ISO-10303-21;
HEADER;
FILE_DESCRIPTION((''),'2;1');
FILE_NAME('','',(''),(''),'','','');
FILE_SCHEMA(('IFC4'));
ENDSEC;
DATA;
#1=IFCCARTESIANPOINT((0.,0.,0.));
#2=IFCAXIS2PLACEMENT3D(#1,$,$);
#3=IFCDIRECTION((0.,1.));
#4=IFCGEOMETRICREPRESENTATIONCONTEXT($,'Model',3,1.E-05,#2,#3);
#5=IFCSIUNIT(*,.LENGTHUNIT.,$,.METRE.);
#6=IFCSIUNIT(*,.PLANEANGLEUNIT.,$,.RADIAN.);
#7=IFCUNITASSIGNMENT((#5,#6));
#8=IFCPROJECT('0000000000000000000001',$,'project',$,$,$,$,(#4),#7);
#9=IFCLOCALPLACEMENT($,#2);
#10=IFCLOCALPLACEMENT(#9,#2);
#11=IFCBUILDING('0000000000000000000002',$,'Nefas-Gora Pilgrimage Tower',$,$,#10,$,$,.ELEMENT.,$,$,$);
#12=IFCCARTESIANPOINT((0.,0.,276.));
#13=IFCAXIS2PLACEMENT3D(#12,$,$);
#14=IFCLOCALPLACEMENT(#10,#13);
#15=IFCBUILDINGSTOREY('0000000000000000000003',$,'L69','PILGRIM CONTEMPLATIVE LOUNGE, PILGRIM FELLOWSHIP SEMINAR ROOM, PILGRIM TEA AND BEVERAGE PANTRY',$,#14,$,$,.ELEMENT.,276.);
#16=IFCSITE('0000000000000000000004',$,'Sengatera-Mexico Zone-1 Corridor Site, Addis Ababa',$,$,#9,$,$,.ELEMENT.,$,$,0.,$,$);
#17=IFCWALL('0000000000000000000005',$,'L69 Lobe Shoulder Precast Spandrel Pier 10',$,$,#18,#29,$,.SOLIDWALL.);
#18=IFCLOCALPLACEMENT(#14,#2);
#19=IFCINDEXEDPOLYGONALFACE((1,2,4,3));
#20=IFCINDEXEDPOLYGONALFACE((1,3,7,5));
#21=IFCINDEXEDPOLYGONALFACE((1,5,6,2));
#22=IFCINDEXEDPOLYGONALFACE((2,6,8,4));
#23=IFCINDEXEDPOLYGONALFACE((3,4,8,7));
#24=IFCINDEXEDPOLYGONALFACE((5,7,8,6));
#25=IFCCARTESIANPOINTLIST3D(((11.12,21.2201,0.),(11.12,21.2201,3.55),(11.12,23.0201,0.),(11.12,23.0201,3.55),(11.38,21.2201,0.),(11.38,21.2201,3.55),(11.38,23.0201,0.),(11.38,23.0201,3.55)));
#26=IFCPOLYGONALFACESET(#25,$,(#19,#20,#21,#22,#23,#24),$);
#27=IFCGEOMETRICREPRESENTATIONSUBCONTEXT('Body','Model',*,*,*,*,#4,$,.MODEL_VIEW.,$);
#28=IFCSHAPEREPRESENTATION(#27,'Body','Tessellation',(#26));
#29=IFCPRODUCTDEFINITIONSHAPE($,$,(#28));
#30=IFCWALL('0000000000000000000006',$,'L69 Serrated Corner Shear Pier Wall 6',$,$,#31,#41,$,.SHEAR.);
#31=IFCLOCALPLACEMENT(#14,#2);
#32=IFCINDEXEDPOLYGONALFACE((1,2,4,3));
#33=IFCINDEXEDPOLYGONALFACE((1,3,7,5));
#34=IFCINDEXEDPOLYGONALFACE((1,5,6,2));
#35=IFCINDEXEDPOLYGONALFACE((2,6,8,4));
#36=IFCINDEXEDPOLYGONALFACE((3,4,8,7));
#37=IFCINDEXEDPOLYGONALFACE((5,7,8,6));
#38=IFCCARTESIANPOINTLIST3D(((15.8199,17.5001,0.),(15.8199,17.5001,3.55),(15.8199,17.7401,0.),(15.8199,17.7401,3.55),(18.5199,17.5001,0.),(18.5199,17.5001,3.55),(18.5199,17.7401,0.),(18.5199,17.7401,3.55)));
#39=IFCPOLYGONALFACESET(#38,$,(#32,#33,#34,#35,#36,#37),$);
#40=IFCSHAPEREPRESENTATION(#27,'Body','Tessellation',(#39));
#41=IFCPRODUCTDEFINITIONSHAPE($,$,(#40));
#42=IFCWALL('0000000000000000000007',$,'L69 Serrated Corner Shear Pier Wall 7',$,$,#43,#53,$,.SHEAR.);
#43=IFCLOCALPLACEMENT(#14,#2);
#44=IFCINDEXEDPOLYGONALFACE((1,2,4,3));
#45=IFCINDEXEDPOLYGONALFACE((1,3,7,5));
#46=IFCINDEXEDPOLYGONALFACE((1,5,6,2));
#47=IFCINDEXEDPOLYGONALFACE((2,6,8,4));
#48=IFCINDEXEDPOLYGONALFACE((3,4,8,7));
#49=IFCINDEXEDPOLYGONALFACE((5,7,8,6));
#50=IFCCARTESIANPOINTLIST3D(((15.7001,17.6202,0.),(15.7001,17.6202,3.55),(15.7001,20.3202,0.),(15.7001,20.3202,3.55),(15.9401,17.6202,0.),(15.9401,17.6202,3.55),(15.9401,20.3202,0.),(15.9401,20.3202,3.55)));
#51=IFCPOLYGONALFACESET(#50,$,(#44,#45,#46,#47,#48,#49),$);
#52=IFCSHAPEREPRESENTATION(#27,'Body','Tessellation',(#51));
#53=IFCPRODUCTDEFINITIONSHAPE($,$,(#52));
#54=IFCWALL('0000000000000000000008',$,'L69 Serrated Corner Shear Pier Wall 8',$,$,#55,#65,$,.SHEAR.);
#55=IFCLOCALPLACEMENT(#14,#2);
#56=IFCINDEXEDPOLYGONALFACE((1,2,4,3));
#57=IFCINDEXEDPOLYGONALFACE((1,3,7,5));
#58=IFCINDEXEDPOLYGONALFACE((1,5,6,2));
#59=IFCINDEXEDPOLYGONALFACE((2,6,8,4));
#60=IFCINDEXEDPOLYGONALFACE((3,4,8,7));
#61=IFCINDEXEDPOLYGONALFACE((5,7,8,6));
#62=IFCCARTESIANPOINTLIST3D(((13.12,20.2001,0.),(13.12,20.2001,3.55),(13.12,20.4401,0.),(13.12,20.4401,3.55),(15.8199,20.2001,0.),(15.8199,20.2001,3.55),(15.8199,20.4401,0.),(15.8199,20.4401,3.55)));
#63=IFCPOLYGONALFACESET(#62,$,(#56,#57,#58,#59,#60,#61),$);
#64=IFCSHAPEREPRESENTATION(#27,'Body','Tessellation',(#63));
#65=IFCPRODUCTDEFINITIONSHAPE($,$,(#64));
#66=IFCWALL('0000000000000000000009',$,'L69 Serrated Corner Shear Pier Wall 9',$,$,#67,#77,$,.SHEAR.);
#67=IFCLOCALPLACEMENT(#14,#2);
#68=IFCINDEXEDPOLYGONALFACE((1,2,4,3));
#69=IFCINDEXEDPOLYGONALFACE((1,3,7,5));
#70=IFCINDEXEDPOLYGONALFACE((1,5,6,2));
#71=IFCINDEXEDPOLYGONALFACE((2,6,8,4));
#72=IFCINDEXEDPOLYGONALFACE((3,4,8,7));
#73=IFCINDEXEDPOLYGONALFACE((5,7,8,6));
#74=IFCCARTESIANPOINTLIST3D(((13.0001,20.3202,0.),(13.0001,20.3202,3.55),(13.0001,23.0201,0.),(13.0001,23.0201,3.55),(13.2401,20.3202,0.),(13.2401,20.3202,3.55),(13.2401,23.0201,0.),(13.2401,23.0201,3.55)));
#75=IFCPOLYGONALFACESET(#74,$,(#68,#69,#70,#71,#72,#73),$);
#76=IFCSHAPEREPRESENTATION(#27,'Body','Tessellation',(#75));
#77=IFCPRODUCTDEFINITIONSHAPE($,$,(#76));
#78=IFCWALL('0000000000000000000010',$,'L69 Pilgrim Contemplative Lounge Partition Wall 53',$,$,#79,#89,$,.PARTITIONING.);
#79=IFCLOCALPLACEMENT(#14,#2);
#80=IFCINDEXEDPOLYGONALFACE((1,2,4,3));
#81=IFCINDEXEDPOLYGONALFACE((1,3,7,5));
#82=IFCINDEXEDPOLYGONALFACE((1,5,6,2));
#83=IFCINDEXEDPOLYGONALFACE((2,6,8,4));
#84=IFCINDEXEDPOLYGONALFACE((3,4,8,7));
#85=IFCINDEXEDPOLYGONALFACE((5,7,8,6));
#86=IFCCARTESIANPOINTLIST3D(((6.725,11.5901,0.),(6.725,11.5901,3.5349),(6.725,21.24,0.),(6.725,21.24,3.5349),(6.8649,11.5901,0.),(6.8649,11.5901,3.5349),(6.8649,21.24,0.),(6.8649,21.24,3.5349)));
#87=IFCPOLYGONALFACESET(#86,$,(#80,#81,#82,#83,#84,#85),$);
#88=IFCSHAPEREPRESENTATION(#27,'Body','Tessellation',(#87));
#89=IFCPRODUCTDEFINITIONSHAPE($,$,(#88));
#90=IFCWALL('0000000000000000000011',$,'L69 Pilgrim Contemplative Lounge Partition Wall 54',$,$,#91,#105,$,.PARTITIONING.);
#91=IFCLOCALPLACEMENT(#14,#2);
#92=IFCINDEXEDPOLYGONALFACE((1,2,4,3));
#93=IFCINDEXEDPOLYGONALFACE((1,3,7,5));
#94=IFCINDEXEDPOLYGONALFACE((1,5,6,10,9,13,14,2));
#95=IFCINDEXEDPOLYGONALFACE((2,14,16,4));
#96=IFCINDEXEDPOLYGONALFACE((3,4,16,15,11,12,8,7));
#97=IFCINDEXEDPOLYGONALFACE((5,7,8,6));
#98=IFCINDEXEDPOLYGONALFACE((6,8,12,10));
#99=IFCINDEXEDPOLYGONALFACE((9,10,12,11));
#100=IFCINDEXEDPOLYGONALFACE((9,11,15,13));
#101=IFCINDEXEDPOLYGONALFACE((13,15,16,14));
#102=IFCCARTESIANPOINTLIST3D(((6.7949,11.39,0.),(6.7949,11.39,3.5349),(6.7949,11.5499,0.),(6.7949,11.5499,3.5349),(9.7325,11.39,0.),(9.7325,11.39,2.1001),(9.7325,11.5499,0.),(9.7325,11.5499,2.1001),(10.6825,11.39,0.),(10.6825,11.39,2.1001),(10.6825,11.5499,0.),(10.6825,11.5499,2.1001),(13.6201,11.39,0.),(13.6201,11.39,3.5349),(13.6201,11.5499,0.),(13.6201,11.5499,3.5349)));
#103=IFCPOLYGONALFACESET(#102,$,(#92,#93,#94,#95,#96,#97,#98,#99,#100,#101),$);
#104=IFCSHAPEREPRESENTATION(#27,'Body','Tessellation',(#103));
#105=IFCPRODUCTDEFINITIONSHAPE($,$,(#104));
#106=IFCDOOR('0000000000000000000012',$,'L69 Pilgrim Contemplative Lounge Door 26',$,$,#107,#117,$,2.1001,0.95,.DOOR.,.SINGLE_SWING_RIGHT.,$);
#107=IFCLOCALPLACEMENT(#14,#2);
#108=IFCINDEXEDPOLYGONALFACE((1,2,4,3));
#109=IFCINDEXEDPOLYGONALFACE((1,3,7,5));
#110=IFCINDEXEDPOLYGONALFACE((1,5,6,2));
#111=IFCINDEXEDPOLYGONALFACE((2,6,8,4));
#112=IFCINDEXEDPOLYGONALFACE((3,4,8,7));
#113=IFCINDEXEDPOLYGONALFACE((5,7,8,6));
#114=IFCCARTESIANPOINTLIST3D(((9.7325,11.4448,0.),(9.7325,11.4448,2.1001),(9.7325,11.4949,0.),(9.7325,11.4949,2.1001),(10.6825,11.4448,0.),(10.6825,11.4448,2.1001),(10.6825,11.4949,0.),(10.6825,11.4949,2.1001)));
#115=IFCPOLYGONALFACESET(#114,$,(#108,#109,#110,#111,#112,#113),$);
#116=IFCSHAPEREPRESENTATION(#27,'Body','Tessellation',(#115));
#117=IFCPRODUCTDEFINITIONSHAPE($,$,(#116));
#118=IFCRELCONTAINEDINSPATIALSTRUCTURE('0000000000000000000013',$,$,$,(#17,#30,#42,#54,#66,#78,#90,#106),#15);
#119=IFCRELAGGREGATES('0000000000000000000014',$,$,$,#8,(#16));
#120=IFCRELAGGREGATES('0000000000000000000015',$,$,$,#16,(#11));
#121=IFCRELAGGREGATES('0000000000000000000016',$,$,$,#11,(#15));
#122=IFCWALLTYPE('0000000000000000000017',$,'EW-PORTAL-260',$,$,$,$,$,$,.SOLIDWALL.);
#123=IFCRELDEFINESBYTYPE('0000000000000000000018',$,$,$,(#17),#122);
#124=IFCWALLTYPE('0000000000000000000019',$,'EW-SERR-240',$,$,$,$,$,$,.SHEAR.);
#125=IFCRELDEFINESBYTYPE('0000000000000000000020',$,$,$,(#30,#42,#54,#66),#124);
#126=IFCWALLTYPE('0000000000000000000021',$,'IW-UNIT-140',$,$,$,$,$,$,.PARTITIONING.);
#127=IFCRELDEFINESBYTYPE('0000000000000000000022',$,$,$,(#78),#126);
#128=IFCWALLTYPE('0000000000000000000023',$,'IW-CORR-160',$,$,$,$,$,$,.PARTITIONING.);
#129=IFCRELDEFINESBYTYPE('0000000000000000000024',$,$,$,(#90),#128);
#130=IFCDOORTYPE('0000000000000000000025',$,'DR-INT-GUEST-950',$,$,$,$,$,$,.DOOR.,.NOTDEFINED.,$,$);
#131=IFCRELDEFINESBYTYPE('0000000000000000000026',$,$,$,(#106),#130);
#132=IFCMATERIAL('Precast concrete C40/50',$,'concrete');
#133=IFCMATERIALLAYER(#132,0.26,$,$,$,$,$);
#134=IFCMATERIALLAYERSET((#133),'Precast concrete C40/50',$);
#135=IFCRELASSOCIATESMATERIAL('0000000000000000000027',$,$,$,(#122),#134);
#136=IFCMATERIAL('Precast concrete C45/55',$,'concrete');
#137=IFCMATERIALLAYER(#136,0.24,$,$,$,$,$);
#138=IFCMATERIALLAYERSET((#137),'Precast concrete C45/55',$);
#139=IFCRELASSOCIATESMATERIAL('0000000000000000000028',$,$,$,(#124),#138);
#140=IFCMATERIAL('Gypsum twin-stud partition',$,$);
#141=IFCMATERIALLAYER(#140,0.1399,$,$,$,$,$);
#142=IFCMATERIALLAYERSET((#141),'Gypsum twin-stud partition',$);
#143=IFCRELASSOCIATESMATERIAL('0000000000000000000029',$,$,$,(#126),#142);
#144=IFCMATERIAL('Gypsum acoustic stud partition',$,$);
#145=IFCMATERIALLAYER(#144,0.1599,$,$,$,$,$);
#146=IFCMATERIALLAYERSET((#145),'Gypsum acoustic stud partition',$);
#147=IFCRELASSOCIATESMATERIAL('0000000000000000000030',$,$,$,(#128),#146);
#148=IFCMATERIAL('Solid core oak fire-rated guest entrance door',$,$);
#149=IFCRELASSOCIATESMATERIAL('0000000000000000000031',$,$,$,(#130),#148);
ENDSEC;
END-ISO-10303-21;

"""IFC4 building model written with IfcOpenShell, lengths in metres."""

from ifc_helpers import new_model, si_unit, direction, frame, frame_2d, origin, place, context, subcontext, project, spatial, rectangle, extrude, source, transform, mapped, material, layer, layer_set, type_object, element, fill, save


model = new_model("IFC4")

# Units and contexts
model_context = context("Model", 3, precision=1e-05, world=origin(), true_north=direction((0.0, 1.0)))
body_context = subcontext(model_context, "Body", "Model", "MODEL_VIEW")
ifc_project = project(units=[si_unit("LENGTHUNIT", "METRE"), si_unit("PLANEANGLEUNIT", "RADIAN")], contexts=[model_context])

# Site, building, storey
site_placement = place(None, origin())
site = spatial("IfcSite", under=ifc_project, at=site_placement, Name="Sengatera-Mexico Zone-1 Corridor Site, Addis Ababa", CompositionType="ELEMENT", RefElevation=0.0)
building_placement = place(site_placement, origin())
building = spatial("IfcBuilding", under=site, at=building_placement, Name="Nefas-Gora Pilgrimage Tower", CompositionType="ELEMENT")
storey_placement = place(building_placement, frame((0.0, 0.0, 276.0)))
storey = spatial("IfcBuildingStorey", under=building, at=storey_placement, Name="L69", Description="PILGRIM CONTEMPLATIVE LOUNGE, PILGRIM FELLOWSHIP SEMINAR ROOM, PILGRIM TEA AND BEVERAGE PANTRY", CompositionType="ELEMENT", Elevation=276.0)

# Walls
ifc_material_1 = material(Name="Precast concrete C40/50", Category="concrete")
ifc_layer_1 = layer(ifc_material_1, 0.26)
ifc_layer_set_1 = layer_set([ifc_layer_1], Name="Precast concrete C40/50")
wall_type_1 = type_object("IfcWallType", Name="EW-PORTAL-260", PredefinedType="SOLIDWALL", material=ifc_layer_set_1)
shared_shape_1 = source(origin(), body_context, "Body", "SweptSolid", [
    extrude(rectangle(XDim=1.8, YDim=0.26, at=frame_2d((0.8999, 0.0))), origin(), (0.0, 0.0, 1.0), 3.55),
])
wall_1_placement = place(storey_placement, frame((11.25, 23.02, 0.0), z_axis=(0.0, 0.0, 1.0), x_axis=(0.0, -1.0, 0.0)))
element("IfcWall", 1, at=wall_1_placement, inside=storey, type_object=wall_type_1, Name="L69 Lobe Shoulder Precast Spandrel Pier 10", PredefinedType="SOLIDWALL", context=body_context, shape_type="MappedRepresentation", body=[
    mapped(shared_shape_1, transform((0.0, 0.0, 0.0), x_axis=(1.0, 0.0, 0.0), y_axis=(0.0, 1.0, 0.0), z_axis=(0.0, 0.0, 1.0), scale=1.0)),
])
ifc_material_2 = material(Name="Precast concrete C45/55", Category="concrete")
ifc_layer_2 = layer(ifc_material_2, 0.24)
ifc_layer_set_2 = layer_set([ifc_layer_2], Name="Precast concrete C45/55")
wall_type_2 = type_object("IfcWallType", Name="EW-SERR-240", PredefinedType="SHEAR", material=ifc_layer_set_2)
shared_shape_2 = source(origin(), body_context, "Body", "SweptSolid", [
    extrude(rectangle(XDim=2.7, YDim=0.24, at=frame_2d((1.3501, 0.0))), origin(), (0.0, 0.0, 1.0), 3.55),
])
for number, where, z_axis, x_axis, name in (
    (2, (18.52, 17.6201, 0.0), (0.0, 0.0, 1.0), (-1.0, 0.0, 0.0), "L69 Serrated Corner Shear Pier Wall 6"),
    (3, (15.8201, 17.6201, 0.0), (0.0, 0.0, 1.0), (0.0, 1.0, 0.0), "L69 Serrated Corner Shear Pier Wall 7"),
    (4, (15.8201, 20.3201, 0.0), (0.0, 0.0, 1.0), (-1.0, 0.0, 0.0), "L69 Serrated Corner Shear Pier Wall 8"),
    (5, (13.1201, 20.3201, 0.0), (0.0, 0.0, 1.0), (0.0, 1.0, 0.0), "L69 Serrated Corner Shear Pier Wall 9"),
):
    element("IfcWall", number, at=place(storey_placement, frame(where, z_axis=z_axis, x_axis=x_axis)), inside=storey, type_object=wall_type_2, Name=name, PredefinedType="SHEAR", context=body_context, shape_type="MappedRepresentation", body=[
        mapped(shared_shape_2, transform((0.0, 0.0, 0.0), x_axis=(1.0, 0.0, 0.0), y_axis=(0.0, 1.0, 0.0), z_axis=(0.0, 0.0, 1.0), scale=1.0)),
    ])
ifc_material_3 = material(Name="Gypsum twin-stud partition")
ifc_layer_3 = layer(ifc_material_3, 0.1399)
ifc_layer_set_3 = layer_set([ifc_layer_3], Name="Gypsum twin-stud partition")
wall_type_3 = type_object("IfcWallType", Name="IW-UNIT-140", PredefinedType="PARTITIONING", material=ifc_layer_set_3)
shared_shape_3 = source(origin(), body_context, "Body", "SweptSolid", [
    extrude(rectangle(XDim=9.6499, YDim=0.1399, at=frame_2d((4.825, 0.0))), origin(), (0.0, 0.0, 1.0), 3.5349),
])
wall_2_placement = place(storey_placement, frame((6.7949, 11.5901, 0.0), z_axis=(0.0, 0.0, 1.0), x_axis=(0.0, 1.0, 0.0)))
element("IfcWall", 6, at=wall_2_placement, inside=storey, type_object=wall_type_3, Name="L69 Pilgrim Contemplative Lounge Partition Wall 53", PredefinedType="PARTITIONING", context=body_context, shape_type="MappedRepresentation", body=[
    mapped(shared_shape_3, transform((0.0, 0.0, 0.0), x_axis=(1.0, 0.0, 0.0), y_axis=(0.0, 1.0, 0.0), z_axis=(0.0, 0.0, 1.0), scale=1.0)),
])

# Wall, opening, door
ifc_material_4 = material(Name="Gypsum acoustic stud partition")
ifc_layer_4 = layer(ifc_material_4, 0.1599)
ifc_layer_set_4 = layer_set([ifc_layer_4], Name="Gypsum acoustic stud partition")
wall_type_4 = type_object("IfcWallType", Name="IW-CORR-160", PredefinedType="PARTITIONING", material=ifc_layer_set_4)
shared_shape_4 = source(origin(), body_context, "Body", "SweptSolid", [
    extrude(rectangle(XDim=6.8252, YDim=0.1599, at=frame_2d((3.4126, 0.0))), origin(), (0.0, 0.0, 1.0), 3.5349),
])
wall_3_placement = place(storey_placement, frame((6.7949, 11.47, 0.0), z_axis=(0.0, 0.0, 1.0), x_axis=(1.0, 0.0, 0.0)))
wall_3 = element("IfcWall", 7, at=wall_3_placement, inside=storey, type_object=wall_type_4, Name="L69 Pilgrim Contemplative Lounge Partition Wall 54", PredefinedType="PARTITIONING", context=body_context, shape_type="MappedRepresentation", body=[
    mapped(shared_shape_4, transform((0.0, 0.0, 0.0), x_axis=(1.0, 0.0, 0.0), y_axis=(0.0, 1.0, 0.0), z_axis=(0.0, 0.0, 1.0), scale=1.0)),
])
opening_placement = place(wall_3_placement, frame((2.9375, 0.0, 0.0)))
opening = element("IfcOpeningElement", 8, at=opening_placement, cuts=wall_3, PredefinedType="OPENING", context=body_context, shape_type="SweptSolid", body=[
    extrude(rectangle(XDim=0.95, YDim=2.1001, at=frame_2d((0.4751, 1.05))), frame((0.0, 0.0898, 0.0), z_axis=(0.0, -1.0, 0.0), x_axis=(1.0, 0.0, 0.0)), (0.0, 0.0, 1.0), 0.1799),
])
ifc_material_5 = material(Name="Solid core oak fire-rated guest entrance door")
door_type = type_object("IfcDoorType", Name="DR-INT-GUEST-950", OperationType="NOTDEFINED", PredefinedType="DOOR", material=ifc_material_5)
shared_shape_5 = source(origin(), body_context, "Body", "SweptSolid", [
    extrude(rectangle(XDim=0.95, YDim=2.1001, at=frame_2d((0.4751, 1.05))), frame((0.0, 0.0249, 0.0), z_axis=(0.0, -1.0, 0.0), x_axis=(1.0, 0.0, 0.0)), (0.0, 0.0, 1.0), 0.05),
])
door_placement = place(opening_placement, origin())
door = element("IfcDoor", 9, at=door_placement, inside=storey, type_object=door_type, Name="L69 Pilgrim Contemplative Lounge Door 26", OperationType="SINGLE_SWING_RIGHT", OverallHeight=2.1001, OverallWidth=0.95, PredefinedType="DOOR", context=body_context, shape_type="MappedRepresentation", body=[
    mapped(shared_shape_5, transform((0.0, 0.0, 0.0), x_axis=(1.0, 0.0, 0.0), y_axis=(0.0, 1.0, 0.0), z_axis=(0.0, 0.0, 1.0), scale=1.0)),
])
fill(opening, door)

save(model, "model.ifc")
